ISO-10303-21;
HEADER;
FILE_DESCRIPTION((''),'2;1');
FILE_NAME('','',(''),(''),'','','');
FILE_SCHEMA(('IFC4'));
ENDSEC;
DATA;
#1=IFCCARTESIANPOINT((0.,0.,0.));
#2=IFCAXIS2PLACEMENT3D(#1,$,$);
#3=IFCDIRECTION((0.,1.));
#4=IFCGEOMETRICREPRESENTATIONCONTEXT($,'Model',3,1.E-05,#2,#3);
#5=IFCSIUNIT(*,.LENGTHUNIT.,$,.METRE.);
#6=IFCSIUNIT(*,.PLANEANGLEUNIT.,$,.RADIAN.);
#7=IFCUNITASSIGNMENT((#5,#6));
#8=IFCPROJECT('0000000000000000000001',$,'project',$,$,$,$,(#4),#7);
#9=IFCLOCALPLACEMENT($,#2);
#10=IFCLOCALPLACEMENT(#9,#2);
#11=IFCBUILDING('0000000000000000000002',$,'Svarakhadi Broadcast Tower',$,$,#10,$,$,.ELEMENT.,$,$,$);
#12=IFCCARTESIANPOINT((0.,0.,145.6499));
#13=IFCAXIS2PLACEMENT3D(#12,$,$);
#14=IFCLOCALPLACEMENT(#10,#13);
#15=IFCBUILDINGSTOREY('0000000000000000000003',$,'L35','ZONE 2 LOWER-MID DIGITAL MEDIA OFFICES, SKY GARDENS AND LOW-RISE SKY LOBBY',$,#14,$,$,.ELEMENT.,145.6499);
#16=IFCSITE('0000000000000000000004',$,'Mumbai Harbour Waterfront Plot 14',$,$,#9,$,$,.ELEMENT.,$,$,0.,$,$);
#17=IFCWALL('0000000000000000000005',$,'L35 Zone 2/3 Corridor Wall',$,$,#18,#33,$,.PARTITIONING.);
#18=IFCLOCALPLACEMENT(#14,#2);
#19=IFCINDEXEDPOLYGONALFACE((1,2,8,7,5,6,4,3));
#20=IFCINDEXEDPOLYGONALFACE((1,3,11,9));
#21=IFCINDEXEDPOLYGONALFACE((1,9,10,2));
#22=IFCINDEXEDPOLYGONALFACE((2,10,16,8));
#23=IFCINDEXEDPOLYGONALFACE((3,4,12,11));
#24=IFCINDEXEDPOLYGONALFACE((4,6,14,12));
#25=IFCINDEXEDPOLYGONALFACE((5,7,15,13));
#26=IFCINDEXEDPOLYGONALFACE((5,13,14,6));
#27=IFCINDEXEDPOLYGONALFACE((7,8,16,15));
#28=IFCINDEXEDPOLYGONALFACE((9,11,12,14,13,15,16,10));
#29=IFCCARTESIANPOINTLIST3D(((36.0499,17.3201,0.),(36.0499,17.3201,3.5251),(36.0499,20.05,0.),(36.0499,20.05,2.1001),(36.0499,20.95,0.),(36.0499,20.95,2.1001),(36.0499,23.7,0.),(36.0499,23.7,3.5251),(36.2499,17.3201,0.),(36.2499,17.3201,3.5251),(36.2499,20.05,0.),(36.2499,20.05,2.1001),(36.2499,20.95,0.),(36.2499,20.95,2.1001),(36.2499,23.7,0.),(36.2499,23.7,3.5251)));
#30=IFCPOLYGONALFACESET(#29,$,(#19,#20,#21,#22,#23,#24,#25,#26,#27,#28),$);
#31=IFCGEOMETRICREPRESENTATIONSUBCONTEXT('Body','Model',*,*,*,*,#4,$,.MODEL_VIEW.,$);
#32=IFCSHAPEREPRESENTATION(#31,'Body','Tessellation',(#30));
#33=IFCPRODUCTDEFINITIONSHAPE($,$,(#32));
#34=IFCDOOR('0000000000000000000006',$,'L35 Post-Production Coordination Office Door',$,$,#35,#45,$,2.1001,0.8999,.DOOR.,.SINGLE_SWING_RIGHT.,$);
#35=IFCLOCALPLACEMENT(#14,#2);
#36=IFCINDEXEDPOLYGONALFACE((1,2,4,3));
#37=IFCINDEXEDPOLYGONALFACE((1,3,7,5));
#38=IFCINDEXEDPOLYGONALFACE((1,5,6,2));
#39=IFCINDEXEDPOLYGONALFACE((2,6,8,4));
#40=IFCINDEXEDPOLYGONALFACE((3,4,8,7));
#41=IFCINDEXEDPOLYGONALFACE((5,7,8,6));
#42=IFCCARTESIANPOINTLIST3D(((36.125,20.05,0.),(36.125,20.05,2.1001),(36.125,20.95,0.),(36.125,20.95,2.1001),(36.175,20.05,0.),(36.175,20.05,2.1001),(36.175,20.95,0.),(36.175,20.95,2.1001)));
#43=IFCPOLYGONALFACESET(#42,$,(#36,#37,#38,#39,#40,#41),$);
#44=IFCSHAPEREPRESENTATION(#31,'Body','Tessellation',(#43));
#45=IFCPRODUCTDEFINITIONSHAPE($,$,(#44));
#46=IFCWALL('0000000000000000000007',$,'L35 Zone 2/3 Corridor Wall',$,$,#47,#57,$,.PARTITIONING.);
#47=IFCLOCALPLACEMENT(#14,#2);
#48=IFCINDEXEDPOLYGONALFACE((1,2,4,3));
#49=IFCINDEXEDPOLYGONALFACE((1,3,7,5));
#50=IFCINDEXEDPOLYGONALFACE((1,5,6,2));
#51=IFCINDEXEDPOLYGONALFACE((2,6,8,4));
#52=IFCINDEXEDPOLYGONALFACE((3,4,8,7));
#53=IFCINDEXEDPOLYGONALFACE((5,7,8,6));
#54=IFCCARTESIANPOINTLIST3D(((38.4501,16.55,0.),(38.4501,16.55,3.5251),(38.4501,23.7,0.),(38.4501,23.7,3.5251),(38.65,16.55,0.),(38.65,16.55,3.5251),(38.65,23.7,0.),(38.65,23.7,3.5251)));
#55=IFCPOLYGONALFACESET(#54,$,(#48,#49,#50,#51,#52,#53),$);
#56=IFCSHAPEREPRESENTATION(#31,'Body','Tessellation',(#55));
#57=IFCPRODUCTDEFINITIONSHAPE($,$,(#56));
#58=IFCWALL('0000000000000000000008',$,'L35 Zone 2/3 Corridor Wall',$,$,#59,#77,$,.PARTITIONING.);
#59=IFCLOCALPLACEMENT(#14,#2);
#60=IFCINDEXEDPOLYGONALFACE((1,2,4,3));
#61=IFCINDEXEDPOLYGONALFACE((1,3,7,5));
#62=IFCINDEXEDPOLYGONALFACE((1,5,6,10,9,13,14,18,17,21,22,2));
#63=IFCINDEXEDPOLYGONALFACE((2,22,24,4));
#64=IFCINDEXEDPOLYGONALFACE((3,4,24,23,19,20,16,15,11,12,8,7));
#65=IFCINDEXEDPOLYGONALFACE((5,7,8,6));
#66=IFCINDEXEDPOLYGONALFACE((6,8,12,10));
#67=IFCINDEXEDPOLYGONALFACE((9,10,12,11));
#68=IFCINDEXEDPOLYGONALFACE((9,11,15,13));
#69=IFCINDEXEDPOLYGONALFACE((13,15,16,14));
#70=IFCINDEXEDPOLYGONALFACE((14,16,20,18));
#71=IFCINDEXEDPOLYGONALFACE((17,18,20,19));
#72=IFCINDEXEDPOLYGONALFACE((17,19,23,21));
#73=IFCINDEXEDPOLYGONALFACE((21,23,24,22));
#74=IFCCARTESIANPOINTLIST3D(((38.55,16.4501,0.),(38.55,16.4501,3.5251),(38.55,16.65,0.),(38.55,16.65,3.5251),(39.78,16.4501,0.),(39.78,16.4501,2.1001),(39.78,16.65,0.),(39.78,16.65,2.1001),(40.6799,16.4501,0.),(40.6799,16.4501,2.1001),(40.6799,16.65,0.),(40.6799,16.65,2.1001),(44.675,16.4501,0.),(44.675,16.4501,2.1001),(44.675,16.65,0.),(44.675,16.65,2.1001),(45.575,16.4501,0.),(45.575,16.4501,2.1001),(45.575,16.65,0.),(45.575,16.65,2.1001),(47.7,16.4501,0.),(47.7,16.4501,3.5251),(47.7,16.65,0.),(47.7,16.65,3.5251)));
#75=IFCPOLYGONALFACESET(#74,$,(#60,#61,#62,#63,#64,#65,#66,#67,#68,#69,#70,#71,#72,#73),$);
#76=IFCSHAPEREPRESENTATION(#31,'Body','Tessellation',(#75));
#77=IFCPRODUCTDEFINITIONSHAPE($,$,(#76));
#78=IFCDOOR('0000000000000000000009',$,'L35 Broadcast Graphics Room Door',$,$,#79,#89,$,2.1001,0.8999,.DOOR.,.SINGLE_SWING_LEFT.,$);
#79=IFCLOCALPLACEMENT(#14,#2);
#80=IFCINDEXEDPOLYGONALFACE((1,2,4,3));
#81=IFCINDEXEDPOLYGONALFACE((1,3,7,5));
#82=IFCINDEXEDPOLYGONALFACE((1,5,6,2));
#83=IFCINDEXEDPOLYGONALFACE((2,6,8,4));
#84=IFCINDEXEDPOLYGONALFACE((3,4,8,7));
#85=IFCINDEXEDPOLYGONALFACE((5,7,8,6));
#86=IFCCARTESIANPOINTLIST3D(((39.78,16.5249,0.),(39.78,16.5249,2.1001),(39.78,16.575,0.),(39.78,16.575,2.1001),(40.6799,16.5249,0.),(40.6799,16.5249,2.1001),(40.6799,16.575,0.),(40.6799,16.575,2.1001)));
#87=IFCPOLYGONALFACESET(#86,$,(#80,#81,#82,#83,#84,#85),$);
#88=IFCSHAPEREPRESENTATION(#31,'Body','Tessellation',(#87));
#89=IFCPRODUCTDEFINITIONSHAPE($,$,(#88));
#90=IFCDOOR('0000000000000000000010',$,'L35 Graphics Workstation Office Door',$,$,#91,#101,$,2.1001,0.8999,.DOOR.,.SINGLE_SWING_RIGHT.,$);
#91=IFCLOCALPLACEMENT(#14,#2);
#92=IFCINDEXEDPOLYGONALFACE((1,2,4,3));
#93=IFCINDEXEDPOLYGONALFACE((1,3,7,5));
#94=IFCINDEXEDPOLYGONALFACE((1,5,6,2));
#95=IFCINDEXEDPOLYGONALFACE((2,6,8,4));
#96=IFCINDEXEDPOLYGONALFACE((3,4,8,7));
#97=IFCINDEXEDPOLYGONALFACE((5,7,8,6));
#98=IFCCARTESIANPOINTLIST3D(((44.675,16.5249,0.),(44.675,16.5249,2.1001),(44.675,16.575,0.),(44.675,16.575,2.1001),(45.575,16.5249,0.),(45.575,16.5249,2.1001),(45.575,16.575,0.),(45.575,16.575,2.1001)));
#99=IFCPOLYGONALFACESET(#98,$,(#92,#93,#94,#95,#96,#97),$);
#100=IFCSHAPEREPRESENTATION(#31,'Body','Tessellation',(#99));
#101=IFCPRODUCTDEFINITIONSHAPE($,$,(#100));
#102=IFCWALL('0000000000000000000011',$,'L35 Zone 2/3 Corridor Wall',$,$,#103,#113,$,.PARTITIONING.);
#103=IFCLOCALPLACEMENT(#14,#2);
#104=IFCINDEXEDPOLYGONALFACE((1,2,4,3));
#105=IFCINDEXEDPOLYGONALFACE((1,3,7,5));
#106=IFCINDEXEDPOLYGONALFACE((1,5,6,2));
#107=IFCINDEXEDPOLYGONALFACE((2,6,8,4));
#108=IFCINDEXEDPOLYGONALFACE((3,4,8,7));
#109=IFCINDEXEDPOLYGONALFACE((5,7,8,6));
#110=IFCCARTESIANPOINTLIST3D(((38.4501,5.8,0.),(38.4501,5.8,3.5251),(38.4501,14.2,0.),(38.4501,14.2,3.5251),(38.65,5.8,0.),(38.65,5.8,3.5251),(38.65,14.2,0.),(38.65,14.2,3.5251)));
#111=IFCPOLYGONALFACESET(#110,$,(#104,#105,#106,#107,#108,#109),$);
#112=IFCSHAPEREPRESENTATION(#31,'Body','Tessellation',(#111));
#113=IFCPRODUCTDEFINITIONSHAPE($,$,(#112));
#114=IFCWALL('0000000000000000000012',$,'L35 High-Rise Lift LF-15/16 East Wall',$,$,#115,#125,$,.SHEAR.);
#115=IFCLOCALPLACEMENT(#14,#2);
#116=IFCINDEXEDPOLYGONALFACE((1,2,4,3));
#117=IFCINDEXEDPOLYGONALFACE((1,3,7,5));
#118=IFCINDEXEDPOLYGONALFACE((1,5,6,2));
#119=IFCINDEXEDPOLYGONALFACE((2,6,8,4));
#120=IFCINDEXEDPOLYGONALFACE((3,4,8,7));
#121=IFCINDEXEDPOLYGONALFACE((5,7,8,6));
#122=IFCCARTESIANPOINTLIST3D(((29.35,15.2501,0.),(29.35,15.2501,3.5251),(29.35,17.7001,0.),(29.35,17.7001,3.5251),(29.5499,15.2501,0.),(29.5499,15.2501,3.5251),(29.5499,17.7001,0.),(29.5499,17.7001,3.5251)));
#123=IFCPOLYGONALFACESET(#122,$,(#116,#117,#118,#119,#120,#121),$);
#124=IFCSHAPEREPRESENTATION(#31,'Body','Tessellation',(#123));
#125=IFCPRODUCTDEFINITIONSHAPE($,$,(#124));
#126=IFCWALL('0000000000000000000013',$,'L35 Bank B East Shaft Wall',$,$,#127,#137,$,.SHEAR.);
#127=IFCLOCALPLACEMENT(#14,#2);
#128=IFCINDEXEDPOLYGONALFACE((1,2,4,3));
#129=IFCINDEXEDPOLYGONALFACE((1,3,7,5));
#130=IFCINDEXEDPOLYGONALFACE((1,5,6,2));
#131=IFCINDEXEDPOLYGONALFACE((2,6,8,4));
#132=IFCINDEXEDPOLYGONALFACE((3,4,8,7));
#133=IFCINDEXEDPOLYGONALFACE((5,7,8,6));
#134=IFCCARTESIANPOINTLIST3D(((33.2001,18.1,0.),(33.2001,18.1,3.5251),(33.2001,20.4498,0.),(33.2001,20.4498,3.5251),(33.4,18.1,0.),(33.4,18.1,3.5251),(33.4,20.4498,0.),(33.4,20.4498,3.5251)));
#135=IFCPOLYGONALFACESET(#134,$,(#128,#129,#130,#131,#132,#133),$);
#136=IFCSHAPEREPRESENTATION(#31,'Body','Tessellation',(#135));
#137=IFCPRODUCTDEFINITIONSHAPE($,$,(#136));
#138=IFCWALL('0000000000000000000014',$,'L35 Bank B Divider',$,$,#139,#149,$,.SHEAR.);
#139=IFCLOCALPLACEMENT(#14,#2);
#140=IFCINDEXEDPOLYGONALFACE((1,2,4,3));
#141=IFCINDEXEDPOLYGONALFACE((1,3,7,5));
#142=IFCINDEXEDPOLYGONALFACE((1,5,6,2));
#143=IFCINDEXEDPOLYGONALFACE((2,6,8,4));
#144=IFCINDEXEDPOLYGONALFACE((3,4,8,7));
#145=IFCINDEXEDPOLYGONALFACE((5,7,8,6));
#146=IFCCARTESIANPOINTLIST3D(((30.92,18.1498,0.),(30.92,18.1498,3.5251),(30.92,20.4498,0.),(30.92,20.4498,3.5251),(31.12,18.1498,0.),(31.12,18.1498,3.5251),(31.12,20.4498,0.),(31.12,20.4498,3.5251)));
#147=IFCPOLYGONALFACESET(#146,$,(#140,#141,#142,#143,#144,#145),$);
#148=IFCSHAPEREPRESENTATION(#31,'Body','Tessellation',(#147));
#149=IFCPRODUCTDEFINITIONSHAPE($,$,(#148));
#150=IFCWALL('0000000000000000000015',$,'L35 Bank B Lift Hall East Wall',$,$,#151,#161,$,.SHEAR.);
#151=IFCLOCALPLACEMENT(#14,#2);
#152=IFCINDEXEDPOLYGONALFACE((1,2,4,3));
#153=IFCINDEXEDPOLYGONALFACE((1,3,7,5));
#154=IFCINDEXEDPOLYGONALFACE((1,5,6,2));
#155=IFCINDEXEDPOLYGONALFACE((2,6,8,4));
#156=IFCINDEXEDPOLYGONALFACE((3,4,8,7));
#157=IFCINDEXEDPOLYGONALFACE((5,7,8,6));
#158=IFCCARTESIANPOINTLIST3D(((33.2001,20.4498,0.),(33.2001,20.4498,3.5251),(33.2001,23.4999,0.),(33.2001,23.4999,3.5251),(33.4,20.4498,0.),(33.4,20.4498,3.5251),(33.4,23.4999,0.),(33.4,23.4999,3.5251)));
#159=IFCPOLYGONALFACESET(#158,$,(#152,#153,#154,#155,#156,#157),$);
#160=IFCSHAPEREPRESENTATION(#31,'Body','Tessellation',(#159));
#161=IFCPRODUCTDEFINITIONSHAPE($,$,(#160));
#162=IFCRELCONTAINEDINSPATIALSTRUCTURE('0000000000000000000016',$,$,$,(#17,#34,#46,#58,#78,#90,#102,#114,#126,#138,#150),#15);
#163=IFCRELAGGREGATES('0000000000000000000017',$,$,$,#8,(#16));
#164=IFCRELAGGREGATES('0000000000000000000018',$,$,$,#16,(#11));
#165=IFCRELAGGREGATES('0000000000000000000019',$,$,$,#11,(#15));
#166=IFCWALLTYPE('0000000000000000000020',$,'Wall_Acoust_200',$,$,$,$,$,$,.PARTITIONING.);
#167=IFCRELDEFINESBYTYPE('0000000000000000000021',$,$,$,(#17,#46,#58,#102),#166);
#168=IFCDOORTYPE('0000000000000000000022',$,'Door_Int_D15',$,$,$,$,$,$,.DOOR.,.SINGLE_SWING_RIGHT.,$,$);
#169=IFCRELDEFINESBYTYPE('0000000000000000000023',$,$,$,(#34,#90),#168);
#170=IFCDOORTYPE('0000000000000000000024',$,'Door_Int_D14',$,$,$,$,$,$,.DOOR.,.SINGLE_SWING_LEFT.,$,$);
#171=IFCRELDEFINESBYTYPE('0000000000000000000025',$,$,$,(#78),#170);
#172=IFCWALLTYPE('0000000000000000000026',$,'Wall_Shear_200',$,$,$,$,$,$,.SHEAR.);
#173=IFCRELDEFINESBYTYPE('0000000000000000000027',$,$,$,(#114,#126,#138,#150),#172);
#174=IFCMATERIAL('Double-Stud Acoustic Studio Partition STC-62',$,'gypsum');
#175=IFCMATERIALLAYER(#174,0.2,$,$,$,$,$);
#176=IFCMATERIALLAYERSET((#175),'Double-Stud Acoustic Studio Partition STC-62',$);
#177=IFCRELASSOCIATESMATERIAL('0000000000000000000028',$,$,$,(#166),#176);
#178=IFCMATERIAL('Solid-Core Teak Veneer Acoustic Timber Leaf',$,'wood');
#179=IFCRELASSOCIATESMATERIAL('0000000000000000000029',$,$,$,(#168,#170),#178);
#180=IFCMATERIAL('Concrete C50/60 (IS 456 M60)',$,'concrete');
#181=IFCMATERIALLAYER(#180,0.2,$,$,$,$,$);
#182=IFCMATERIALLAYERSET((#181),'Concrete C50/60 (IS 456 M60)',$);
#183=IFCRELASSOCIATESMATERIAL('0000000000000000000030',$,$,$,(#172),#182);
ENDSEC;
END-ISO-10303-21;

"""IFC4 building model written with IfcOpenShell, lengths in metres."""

from ifc_helpers import new_model, si_unit, direction, frame, frame_2d, origin, place, context, subcontext, project, spatial, rectangle, extrude, material, layer, layer_set, type_object, element, fill, save


model = new_model("IFC4")

# Units and contexts
model_context = context("Model", 3, precision=1e-05, world=origin(), true_north=direction((0.0, 1.0)))
body_context = subcontext(model_context, "Body", "Model", "MODEL_VIEW")
ifc_project = project(units=[si_unit("LENGTHUNIT", "METRE"), si_unit("PLANEANGLEUNIT", "RADIAN")], contexts=[model_context])

# Site, building, storey
site_placement = place(None, origin())
site = spatial("IfcSite", under=ifc_project, at=site_placement, Name="Mumbai Harbour Waterfront Plot 14", CompositionType="ELEMENT", RefElevation=0.0)
building_placement = place(site_placement, origin())
building = spatial("IfcBuilding", under=site, at=building_placement, Name="Svarakhadi Broadcast Tower", CompositionType="ELEMENT")
storey_placement = place(building_placement, frame((0.0, 0.0, 145.6499)))
storey = spatial("IfcBuildingStorey", under=building, at=storey_placement, Name="L35", Description="ZONE 2 LOWER-MID DIGITAL MEDIA OFFICES, SKY GARDENS AND LOW-RISE SKY LOBBY", CompositionType="ELEMENT", Elevation=145.6499)

# Shared definitions
ifc_material_1 = material(Name="Concrete C50/60 (IS 456 M60)", Category="concrete")

# Shared definitions
ifc_material_2 = material(Name="Double-Stud Acoustic Studio Partition STC-62", Category="gypsum")
ifc_layer_1 = layer(ifc_material_2, 0.2)
ifc_layer_set_1 = layer_set([ifc_layer_1], Name="Double-Stud Acoustic Studio Partition STC-62")
wall_type_1 = type_object("IfcWallType", Name="Wall_Acoust_200", PredefinedType="PARTITIONING", material=ifc_layer_set_1)

# Wall, opening, door
wall_1_placement = place(storey_placement, frame((36.1499, 17.3201, 0.0), z_axis=(0.0, 0.0, 1.0), x_axis=(0.0, 1.0, 0.0)))
wall_1 = element("IfcWall", 1, at=wall_1_placement, inside=storey, type_object=wall_type_1, Name="L35 Zone 2/3 Corridor Wall", PredefinedType="PARTITIONING", context=body_context, shape_type="SweptSolid", body=[
    extrude(rectangle(XDim=6.3799, YDim=0.2, at=frame_2d((3.1899, 0.0))), origin(), (0.0, 0.0, 1.0), 3.5251),
])
opening_1_placement = place(wall_1_placement, frame((2.73, 0.0, 0.0)))
opening_1 = element("IfcOpeningElement", 2, at=opening_1_placement, cuts=wall_1, PredefinedType="OPENING", context=body_context, shape_type="SweptSolid", body=[
    extrude(rectangle(XDim=0.8999, YDim=2.1001, at=frame_2d((0.45, 1.05))), frame((0.0, 0.1099, 0.0), z_axis=(0.0, -1.0, 0.0), x_axis=(1.0, 0.0, 0.0)), (0.0, 0.0, 1.0), 0.22),
])
ifc_material_3 = material(Name="Solid-Core Teak Veneer Acoustic Timber Leaf", Category="wood")
door_type_1 = type_object("IfcDoorType", Name="Door_Int_D15", OperationType="SINGLE_SWING_RIGHT", PredefinedType="DOOR", material=ifc_material_3)
door_1_placement = place(opening_1_placement, origin())
door_1 = element("IfcDoor", 3, at=door_1_placement, inside=storey, type_object=door_type_1, Name="L35 Post-Production Coordination Office Door", OperationType="SINGLE_SWING_RIGHT", OverallHeight=2.1001, OverallWidth=0.8999, PredefinedType="DOOR", context=body_context, shape_type="SweptSolid", body=[
    extrude(rectangle(XDim=0.8999, YDim=2.1001, at=frame_2d((0.45, 1.05))), frame((0.0, 0.0249, 0.0), z_axis=(0.0, -1.0, 0.0), x_axis=(1.0, 0.0, 0.0)), (0.0, 0.0, 1.0), 0.05),
])
fill(opening_1, door_1)

# Wall
wall_2_placement = place(storey_placement, frame((38.55, 23.7, 0.0), z_axis=(0.0, 0.0, 1.0), x_axis=(0.0, -1.0, 0.0)))
element("IfcWall", 4, at=wall_2_placement, inside=storey, type_object=wall_type_1, Name="L35 Zone 2/3 Corridor Wall", PredefinedType="PARTITIONING", context=body_context, shape_type="SweptSolid", body=[
    extrude(rectangle(XDim=7.1499, YDim=0.2, at=frame_2d((3.575, 0.0))), origin(), (0.0, 0.0, 1.0), 3.5251),
])

# Wall, openings, doors
wall_3_placement = place(storey_placement, frame((38.55, 16.55, 0.0), z_axis=(0.0, 0.0, 1.0), x_axis=(1.0, 0.0, 0.0)))
wall_3 = element("IfcWall", 5, at=wall_3_placement, inside=storey, type_object=wall_type_1, Name="L35 Zone 2/3 Corridor Wall", PredefinedType="PARTITIONING", context=body_context, shape_type="SweptSolid", body=[
    extrude(rectangle(XDim=9.1499, YDim=0.2, at=frame_2d((4.575, 0.0))), origin(), (0.0, 0.0, 1.0), 3.5251),
])
opening_2_placement = place(wall_3_placement, frame((1.23, 0.0, 0.0)))
opening_2 = element("IfcOpeningElement", 6, at=opening_2_placement, cuts=wall_3, PredefinedType="OPENING", context=body_context, shape_type="SweptSolid", body=[
    extrude(rectangle(XDim=0.8999, YDim=2.1001, at=frame_2d((0.45, 1.05))), frame((0.0, 0.1099, 0.0), z_axis=(0.0, -1.0, 0.0), x_axis=(1.0, 0.0, 0.0)), (0.0, 0.0, 1.0), 0.22),
])
opening_3_placement = place(wall_3_placement, frame((6.125, 0.0, 0.0)))
opening_3 = element("IfcOpeningElement", 7, at=opening_3_placement, cuts=wall_3, PredefinedType="OPENING", context=body_context, shape_type="SweptSolid", body=[
    extrude(rectangle(XDim=0.8999, YDim=2.1001, at=frame_2d((0.45, 1.05))), frame((0.0, 0.1099, 0.0), z_axis=(0.0, -1.0, 0.0), x_axis=(1.0, 0.0, 0.0)), (0.0, 0.0, 1.0), 0.22),
])
door_type_2 = type_object("IfcDoorType", Name="Door_Int_D14", OperationType="SINGLE_SWING_LEFT", PredefinedType="DOOR", material=ifc_material_3)
door_2_placement = place(opening_2_placement, origin())
door_2 = element("IfcDoor", 8, at=door_2_placement, inside=storey, type_object=door_type_2, Name="L35 Broadcast Graphics Room Door", OperationType="SINGLE_SWING_LEFT", OverallHeight=2.1001, OverallWidth=0.8999, PredefinedType="DOOR", context=body_context, shape_type="SweptSolid", body=[
    extrude(rectangle(XDim=0.8999, YDim=2.1001, at=frame_2d((0.45, 1.05))), frame((0.0, 0.0249, 0.0), z_axis=(0.0, -1.0, 0.0), x_axis=(1.0, 0.0, 0.0)), (0.0, 0.0, 1.0), 0.05),
])
fill(opening_2, door_2)
door_3_placement = place(opening_3_placement, origin())
door_3 = element("IfcDoor", 9, at=door_3_placement, inside=storey, type_object=door_type_1, Name="L35 Graphics Workstation Office Door", OperationType="SINGLE_SWING_RIGHT", OverallHeight=2.1001, OverallWidth=0.8999, PredefinedType="DOOR", context=body_context, shape_type="SweptSolid", body=[
    extrude(rectangle(XDim=0.8999, YDim=2.1001, at=frame_2d((0.45, 1.05))), frame((0.0, 0.0249, 0.0), z_axis=(0.0, -1.0, 0.0), x_axis=(1.0, 0.0, 0.0)), (0.0, 0.0, 1.0), 0.05),
])
fill(opening_3, door_3)

# Wall
wall_4_placement = place(storey_placement, frame((38.55, 14.2, 0.0), z_axis=(0.0, 0.0, 1.0), x_axis=(0.0, -1.0, 0.0)))
element("IfcWall", 10, at=wall_4_placement, inside=storey, type_object=wall_type_1, Name="L35 Zone 2/3 Corridor Wall", PredefinedType="PARTITIONING", context=body_context, shape_type="SweptSolid", body=[
    extrude(rectangle(XDim=8.3999, YDim=0.2, at=frame_2d((4.2, 0.0))), origin(), (0.0, 0.0, 1.0), 3.5251),
])

# Walls
ifc_layer_2 = layer(ifc_material_1, 0.2)
ifc_layer_set_2 = layer_set([ifc_layer_2], Name="Concrete C50/60 (IS 456 M60)")
wall_type_2 = type_object("IfcWallType", Name="Wall_Shear_200", PredefinedType="SHEAR", material=ifc_layer_set_2)
wall_5_placement = place(storey_placement, frame((29.45, 15.25, 0.0), z_axis=(0.0, 0.0, 1.0), x_axis=(0.0, 1.0, 0.0)))
element("IfcWall", 11, at=wall_5_placement, inside=storey, type_object=wall_type_2, Name="L35 High-Rise Lift LF-15/16 East Wall", PredefinedType="SHEAR", context=body_context, shape_type="SweptSolid", body=[
    extrude(rectangle(XDim=2.45, YDim=0.2, at=frame_2d((1.2251, 0.0))), origin(), (0.0, 0.0, 1.0), 3.5251),
])
wall_6_placement = place(storey_placement, frame((33.3, 18.1001, 0.0), z_axis=(0.0, 0.0, 1.0), x_axis=(0.0, 1.0, 0.0)))
element("IfcWall", 12, at=wall_6_placement, inside=storey, type_object=wall_type_2, Name="L35 Bank B East Shaft Wall", PredefinedType="SHEAR", context=body_context, shape_type="SweptSolid", body=[
    extrude(rectangle(XDim=2.3499, YDim=0.2, at=frame_2d((1.1748, 0.0))), origin(), (0.0, 0.0, 1.0), 3.5251),
])
wall_7_placement = place(storey_placement, frame((31.02, 18.1499, 0.0), z_axis=(0.0, 0.0, 1.0), x_axis=(0.0, 1.0, 0.0)))
element("IfcWall", 13, at=wall_7_placement, inside=storey, type_object=wall_type_2, Name="L35 Bank B Divider", PredefinedType="SHEAR", context=body_context, shape_type="SweptSolid", body=[
    extrude(rectangle(XDim=2.3, YDim=0.2, at=frame_2d((1.1499, 0.0))), origin(), (0.0, 0.0, 1.0), 3.5251),
])
wall_8_placement = place(storey_placement, frame((33.3, 20.45, 0.0), z_axis=(0.0, 0.0, 1.0), x_axis=(0.0, 1.0, 0.0)))
element("IfcWall", 14, at=wall_8_placement, inside=storey, type_object=wall_type_2, Name="L35 Bank B Lift Hall East Wall", PredefinedType="SHEAR", context=body_context, shape_type="SweptSolid", body=[
    extrude(rectangle(XDim=3.05, YDim=0.2, at=frame_2d((1.5249, 0.0))), origin(), (0.0, 0.0, 1.0), 3.5251),
])

save(model, "model.ifc")
